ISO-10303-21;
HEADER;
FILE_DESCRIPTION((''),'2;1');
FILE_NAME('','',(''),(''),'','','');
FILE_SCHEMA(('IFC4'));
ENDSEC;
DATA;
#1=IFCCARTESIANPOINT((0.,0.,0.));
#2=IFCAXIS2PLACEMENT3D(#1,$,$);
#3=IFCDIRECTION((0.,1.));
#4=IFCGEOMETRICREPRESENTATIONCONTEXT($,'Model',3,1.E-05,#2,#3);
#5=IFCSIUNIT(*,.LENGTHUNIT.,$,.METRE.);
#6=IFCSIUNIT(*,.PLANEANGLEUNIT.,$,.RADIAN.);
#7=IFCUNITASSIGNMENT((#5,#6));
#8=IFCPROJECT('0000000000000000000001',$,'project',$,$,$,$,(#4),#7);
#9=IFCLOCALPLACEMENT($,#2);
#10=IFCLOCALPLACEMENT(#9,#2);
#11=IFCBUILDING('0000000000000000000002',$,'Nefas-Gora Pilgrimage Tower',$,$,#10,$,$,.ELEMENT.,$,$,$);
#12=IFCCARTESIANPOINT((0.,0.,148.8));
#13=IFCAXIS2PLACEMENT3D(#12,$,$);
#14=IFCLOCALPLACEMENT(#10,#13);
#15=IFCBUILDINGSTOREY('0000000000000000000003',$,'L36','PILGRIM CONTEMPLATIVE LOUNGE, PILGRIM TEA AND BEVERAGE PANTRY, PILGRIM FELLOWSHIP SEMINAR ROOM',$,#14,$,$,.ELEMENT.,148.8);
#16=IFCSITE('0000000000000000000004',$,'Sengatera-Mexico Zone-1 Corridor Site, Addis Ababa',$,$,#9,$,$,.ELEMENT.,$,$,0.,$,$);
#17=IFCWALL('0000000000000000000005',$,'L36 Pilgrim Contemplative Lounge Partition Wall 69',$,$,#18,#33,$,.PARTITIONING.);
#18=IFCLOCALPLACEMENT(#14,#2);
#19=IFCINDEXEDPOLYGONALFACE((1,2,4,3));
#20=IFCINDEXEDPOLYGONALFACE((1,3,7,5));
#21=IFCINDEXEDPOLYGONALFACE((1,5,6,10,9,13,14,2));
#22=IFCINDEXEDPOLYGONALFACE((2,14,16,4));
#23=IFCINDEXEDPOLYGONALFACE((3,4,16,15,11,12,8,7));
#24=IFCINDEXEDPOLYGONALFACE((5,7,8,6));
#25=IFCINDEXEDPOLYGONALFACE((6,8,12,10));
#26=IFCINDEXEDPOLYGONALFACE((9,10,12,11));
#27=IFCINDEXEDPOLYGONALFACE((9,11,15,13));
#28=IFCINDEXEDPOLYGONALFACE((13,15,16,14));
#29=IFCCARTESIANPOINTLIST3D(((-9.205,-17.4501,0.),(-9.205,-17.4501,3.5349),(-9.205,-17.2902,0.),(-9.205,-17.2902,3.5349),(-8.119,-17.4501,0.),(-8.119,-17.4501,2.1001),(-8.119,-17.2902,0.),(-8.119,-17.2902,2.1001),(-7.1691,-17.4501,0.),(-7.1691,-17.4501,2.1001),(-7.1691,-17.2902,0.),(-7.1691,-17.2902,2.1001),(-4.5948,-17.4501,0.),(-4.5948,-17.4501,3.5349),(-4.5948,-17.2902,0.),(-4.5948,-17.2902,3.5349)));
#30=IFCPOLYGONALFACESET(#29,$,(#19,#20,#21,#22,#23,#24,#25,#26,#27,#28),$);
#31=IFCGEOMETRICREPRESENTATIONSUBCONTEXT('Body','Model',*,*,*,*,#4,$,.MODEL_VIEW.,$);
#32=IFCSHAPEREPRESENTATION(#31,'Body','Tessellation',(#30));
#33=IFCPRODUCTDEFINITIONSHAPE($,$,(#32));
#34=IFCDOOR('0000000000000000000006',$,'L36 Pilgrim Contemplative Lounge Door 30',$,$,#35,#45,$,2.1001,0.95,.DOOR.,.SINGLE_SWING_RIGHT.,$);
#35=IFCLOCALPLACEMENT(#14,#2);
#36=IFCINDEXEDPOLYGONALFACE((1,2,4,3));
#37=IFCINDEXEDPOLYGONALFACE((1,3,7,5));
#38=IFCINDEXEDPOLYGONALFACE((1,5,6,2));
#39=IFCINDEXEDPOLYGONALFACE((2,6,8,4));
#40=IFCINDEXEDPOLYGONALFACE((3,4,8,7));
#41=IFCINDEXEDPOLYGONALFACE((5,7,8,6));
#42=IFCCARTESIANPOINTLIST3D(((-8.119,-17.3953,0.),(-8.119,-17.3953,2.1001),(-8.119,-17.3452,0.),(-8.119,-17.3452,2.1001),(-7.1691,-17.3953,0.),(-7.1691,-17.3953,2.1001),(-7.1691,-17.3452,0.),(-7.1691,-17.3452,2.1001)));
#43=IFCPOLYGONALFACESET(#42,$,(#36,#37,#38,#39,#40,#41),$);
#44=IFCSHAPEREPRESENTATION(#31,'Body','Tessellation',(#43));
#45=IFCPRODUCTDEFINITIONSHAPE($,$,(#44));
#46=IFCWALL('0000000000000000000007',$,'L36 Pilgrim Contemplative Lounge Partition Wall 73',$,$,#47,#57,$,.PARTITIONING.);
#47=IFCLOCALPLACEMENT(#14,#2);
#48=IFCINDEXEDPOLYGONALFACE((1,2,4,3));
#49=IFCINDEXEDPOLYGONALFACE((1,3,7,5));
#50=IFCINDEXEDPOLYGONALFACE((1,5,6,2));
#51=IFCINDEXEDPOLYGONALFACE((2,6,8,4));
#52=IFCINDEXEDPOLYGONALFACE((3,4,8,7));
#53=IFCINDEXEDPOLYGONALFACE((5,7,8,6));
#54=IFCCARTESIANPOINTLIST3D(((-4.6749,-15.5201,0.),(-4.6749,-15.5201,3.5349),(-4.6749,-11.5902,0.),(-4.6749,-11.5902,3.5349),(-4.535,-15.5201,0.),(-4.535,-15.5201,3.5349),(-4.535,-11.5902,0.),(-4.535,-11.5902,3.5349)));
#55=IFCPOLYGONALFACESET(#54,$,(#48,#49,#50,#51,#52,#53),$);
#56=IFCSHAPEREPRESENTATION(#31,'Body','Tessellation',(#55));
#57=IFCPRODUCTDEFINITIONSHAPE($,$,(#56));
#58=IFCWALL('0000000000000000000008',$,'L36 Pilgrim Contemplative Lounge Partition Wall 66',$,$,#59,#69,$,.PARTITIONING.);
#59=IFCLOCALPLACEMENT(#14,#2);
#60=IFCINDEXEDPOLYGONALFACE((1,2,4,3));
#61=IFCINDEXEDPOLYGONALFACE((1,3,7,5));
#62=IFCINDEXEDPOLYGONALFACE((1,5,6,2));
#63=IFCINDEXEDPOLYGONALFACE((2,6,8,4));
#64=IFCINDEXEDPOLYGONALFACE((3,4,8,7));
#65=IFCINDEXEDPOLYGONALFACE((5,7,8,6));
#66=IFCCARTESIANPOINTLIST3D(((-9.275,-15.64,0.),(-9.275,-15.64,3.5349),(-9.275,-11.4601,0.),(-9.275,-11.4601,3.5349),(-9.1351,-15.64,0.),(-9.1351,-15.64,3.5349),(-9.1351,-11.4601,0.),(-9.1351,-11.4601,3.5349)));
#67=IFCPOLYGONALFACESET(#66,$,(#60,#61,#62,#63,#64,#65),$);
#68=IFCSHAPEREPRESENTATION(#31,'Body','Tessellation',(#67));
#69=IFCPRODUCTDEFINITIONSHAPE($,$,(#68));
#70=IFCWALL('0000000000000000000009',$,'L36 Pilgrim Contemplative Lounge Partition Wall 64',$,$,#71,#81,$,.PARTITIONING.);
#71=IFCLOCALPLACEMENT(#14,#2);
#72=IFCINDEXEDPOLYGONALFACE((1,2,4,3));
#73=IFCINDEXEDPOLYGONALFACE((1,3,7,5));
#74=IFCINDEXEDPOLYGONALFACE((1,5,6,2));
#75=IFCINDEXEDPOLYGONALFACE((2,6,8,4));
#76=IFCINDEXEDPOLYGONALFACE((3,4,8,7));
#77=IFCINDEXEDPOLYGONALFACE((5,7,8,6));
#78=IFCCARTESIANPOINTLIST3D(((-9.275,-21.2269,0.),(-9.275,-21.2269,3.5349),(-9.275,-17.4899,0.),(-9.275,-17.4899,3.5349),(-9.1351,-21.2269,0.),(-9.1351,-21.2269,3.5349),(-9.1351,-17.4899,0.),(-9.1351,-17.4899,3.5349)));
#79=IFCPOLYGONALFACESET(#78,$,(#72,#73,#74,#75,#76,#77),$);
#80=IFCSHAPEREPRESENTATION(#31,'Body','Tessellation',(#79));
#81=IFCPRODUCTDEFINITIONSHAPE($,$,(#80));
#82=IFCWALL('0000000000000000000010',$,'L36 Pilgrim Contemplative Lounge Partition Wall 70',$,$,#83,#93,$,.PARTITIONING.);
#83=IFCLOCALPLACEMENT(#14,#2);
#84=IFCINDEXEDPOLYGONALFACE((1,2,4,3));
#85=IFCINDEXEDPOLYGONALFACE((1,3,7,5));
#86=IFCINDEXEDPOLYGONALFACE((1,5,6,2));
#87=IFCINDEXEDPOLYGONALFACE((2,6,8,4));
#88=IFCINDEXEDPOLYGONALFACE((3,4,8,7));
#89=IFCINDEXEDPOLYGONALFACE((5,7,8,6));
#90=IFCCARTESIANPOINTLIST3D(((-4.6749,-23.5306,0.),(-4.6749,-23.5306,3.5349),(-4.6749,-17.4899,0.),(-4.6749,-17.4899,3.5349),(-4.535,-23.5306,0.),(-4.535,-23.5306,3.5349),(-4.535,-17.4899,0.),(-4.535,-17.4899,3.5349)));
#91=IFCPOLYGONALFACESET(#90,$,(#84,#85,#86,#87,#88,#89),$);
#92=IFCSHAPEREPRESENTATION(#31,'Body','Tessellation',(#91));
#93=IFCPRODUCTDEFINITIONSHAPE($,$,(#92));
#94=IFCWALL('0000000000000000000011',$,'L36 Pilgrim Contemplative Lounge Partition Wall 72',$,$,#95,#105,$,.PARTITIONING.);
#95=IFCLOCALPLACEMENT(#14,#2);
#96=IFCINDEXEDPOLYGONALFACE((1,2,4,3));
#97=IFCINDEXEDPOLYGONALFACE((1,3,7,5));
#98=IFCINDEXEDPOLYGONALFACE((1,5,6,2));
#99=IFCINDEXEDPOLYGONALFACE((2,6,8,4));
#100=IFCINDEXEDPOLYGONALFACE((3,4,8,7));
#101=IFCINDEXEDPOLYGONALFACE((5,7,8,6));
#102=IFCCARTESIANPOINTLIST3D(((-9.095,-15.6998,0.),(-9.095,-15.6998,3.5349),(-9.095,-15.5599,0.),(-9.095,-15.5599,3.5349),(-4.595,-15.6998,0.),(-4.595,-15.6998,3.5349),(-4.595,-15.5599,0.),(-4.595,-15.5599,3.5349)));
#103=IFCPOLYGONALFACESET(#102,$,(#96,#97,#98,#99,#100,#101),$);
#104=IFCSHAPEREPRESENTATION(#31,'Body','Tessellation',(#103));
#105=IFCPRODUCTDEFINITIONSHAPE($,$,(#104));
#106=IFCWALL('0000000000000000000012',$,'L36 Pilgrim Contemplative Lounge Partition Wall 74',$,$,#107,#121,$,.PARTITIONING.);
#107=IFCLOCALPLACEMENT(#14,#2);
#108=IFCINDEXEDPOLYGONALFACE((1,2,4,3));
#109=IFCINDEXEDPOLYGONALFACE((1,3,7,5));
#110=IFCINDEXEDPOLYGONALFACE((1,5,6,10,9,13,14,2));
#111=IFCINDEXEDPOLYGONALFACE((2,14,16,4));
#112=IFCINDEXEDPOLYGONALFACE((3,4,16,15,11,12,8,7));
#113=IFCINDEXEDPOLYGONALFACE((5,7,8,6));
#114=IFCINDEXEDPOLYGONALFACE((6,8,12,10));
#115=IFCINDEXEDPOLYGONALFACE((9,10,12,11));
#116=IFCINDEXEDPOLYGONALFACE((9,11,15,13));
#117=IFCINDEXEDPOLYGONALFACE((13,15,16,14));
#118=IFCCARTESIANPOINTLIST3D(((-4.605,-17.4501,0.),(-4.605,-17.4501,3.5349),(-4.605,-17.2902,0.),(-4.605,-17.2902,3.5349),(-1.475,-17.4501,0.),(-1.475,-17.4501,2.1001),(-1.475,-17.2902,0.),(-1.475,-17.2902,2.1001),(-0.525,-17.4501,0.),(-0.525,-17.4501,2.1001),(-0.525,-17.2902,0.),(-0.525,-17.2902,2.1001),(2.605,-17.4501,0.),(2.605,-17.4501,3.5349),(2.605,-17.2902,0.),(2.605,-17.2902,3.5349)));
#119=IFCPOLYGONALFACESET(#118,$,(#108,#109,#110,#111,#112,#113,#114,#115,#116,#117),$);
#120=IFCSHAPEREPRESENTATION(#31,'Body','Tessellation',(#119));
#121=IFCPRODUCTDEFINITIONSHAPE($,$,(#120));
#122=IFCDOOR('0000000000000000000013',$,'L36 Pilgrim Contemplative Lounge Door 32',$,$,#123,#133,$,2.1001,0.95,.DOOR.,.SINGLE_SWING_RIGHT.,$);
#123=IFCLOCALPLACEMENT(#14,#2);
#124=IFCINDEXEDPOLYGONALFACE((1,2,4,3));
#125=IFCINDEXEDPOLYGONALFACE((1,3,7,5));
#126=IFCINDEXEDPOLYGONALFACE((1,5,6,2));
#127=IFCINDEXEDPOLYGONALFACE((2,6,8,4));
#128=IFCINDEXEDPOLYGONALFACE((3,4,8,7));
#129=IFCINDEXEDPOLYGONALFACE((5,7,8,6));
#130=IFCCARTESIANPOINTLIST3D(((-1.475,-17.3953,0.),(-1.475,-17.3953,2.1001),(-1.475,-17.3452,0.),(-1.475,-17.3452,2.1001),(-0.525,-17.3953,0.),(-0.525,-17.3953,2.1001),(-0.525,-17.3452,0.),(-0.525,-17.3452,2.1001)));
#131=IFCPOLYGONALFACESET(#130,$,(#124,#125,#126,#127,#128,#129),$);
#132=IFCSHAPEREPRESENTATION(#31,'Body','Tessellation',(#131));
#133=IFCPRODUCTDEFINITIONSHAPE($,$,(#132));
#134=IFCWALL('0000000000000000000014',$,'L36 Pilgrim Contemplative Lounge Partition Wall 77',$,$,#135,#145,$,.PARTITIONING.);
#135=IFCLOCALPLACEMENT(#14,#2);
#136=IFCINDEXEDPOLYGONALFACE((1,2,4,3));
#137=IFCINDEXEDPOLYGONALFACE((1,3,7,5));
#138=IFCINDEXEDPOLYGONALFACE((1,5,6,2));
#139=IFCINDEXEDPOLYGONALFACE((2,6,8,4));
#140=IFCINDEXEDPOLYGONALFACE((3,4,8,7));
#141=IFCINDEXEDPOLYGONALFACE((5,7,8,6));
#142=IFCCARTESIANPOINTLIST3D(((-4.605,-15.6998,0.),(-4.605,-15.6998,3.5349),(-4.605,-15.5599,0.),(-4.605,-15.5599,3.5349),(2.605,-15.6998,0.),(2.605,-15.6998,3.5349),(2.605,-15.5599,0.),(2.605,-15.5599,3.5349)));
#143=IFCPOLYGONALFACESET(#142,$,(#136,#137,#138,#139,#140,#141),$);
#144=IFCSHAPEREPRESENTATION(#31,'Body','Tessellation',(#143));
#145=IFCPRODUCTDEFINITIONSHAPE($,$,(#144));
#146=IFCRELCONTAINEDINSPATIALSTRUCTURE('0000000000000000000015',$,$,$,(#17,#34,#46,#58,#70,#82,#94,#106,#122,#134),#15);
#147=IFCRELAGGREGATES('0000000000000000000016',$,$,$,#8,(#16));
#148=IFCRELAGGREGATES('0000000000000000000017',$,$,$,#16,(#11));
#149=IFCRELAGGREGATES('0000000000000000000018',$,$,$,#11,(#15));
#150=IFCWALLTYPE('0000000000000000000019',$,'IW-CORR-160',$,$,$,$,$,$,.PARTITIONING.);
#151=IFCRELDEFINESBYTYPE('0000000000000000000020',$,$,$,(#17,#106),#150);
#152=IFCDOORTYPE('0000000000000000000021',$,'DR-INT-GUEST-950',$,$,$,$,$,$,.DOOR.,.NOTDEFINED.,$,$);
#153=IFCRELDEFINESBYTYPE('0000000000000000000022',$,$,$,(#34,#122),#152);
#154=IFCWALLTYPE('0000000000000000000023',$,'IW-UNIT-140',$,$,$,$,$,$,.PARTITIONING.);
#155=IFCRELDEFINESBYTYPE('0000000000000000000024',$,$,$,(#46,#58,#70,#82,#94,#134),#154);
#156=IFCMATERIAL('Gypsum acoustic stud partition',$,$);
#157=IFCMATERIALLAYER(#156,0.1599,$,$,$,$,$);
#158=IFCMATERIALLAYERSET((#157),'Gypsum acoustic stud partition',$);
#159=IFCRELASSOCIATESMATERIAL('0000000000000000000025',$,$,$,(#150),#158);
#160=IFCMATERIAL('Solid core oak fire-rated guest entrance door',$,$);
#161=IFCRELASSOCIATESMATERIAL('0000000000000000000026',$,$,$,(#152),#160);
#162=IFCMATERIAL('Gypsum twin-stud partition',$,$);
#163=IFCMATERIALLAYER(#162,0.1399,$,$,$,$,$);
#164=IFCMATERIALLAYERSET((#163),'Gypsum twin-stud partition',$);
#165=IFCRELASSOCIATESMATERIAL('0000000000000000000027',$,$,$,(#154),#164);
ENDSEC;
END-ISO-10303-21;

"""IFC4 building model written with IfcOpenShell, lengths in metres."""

from ifc_helpers import new_model, si_unit, direction, frame, frame_2d, origin, place, context, subcontext, project, spatial, rectangle, extrude, source, transform, mapped, material, layer, layer_set, type_object, element, fill, save


model = new_model("IFC4")

# Units and contexts
model_context = context("Model", 3, precision=1e-05, world=origin(), true_north=direction((0.0, 1.0)))
body_context = subcontext(model_context, "Body", "Model", "MODEL_VIEW")
ifc_project = project(units=[si_unit("LENGTHUNIT", "METRE"), si_unit("PLANEANGLEUNIT", "RADIAN")], contexts=[model_context])

# Site, building, storey
site_placement = place(None, origin())
site = spatial("IfcSite", under=ifc_project, at=site_placement, Name="Sengatera-Mexico Zone-1 Corridor Site, Addis Ababa", CompositionType="ELEMENT", RefElevation=0.0)
building_placement = place(site_placement, origin())
building = spatial("IfcBuilding", under=site, at=building_placement, Name="Nefas-Gora Pilgrimage Tower", CompositionType="ELEMENT")
storey_placement = place(building_placement, frame((0.0, 0.0, 148.8)))
storey = spatial("IfcBuildingStorey", under=building, at=storey_placement, Name="L36", Description="PILGRIM CONTEMPLATIVE LOUNGE, PILGRIM TEA AND BEVERAGE PANTRY, PILGRIM FELLOWSHIP SEMINAR ROOM", CompositionType="ELEMENT", Elevation=148.8)

# Wall, opening, door
ifc_material_1 = material(Name="Gypsum acoustic stud partition")
ifc_layer_1 = layer(ifc_material_1, 0.1599)
ifc_layer_set_1 = layer_set([ifc_layer_1], Name="Gypsum acoustic stud partition")
wall_type_1 = type_object("IfcWallType", Name="IW-CORR-160", PredefinedType="PARTITIONING", material=ifc_layer_set_1)
shared_shape_1 = source(origin(), body_context, "Body", "SweptSolid", [
    extrude(rectangle(XDim=4.6101, YDim=0.1599, at=frame_2d((2.3052, 0.0))), origin(), (0.0, 0.0, 1.0), 3.5349),
])
wall_1_placement = place(storey_placement, frame((-9.2051, -17.3701, 0.0), z_axis=(0.0, 0.0, 1.0), x_axis=(1.0, 0.0, 0.0)))
wall_1 = element("IfcWall", 1, at=wall_1_placement, inside=storey, type_object=wall_type_1, Name="L36 Pilgrim Contemplative Lounge Partition Wall 69", PredefinedType="PARTITIONING", context=body_context, shape_type="MappedRepresentation", body=[
    mapped(shared_shape_1, transform((0.0, 0.0, 0.0), x_axis=(1.0, 0.0, 0.0), y_axis=(0.0, 1.0, 0.0), z_axis=(0.0, 0.0, 1.0), scale=1.0)),
])
opening_1_placement = place(wall_1_placement, frame((1.0859, 0.0, 0.0)))
opening_1 = element("IfcOpeningElement", 2, at=opening_1_placement, cuts=wall_1, PredefinedType="OPENING", context=body_context, shape_type="SweptSolid", body=[
    extrude(rectangle(XDim=0.95, YDim=2.1001, at=frame_2d((0.4751, 1.05))), frame((0.0, 0.0898, 0.0), z_axis=(0.0, -1.0, 0.0), x_axis=(1.0, 0.0, 0.0)), (0.0, 0.0, 1.0), 0.1799),
])
ifc_material_2 = material(Name="Solid core oak fire-rated guest entrance door")
door_type_1 = type_object("IfcDoorType", Name="DR-INT-GUEST-950", OperationType="NOTDEFINED", PredefinedType="DOOR", material=ifc_material_2)
shared_shape_2 = source(origin(), body_context, "Body", "SweptSolid", [
    extrude(rectangle(XDim=0.95, YDim=2.1001, at=frame_2d((0.4751, 1.05))), frame((0.0, 0.0249, 0.0), z_axis=(0.0, -1.0, 0.0), x_axis=(1.0, 0.0, 0.0)), (0.0, 0.0, 1.0), 0.05),
])
door_1_placement = place(opening_1_placement, origin())
door_1 = element("IfcDoor", 3, at=door_1_placement, inside=storey, type_object=door_type_1, Name="L36 Pilgrim Contemplative Lounge Door 30", OperationType="SINGLE_SWING_RIGHT", OverallHeight=2.1001, OverallWidth=0.95, PredefinedType="DOOR", context=body_context, shape_type="MappedRepresentation", body=[
    mapped(shared_shape_2, transform((0.0, 0.0, 0.0), x_axis=(1.0, 0.0, 0.0), y_axis=(0.0, 1.0, 0.0), z_axis=(0.0, 0.0, 1.0), scale=1.0)),
])
fill(opening_1, door_1)

# Walls
ifc_material_3 = material(Name="Gypsum twin-stud partition")
ifc_layer_2 = layer(ifc_material_3, 0.1399)
ifc_layer_set_2 = layer_set([ifc_layer_2], Name="Gypsum twin-stud partition")
wall_type_2 = type_object("IfcWallType", Name="IW-UNIT-140", PredefinedType="PARTITIONING", material=ifc_layer_set_2)
shared_shape_3 = source(origin(), body_context, "Body", "SweptSolid", [
    extrude(rectangle(XDim=3.9299, YDim=0.1399, at=frame_2d((1.9648, 0.0))), origin(), (0.0, 0.0, 1.0), 3.5349),
])
wall_2_placement = place(storey_placement, frame((-4.605, -15.52, 0.0), z_axis=(0.0, 0.0, 1.0), x_axis=(0.0, 1.0, 0.0)))
element("IfcWall", 4, at=wall_2_placement, inside=storey, type_object=wall_type_2, Name="L36 Pilgrim Contemplative Lounge Partition Wall 73", PredefinedType="PARTITIONING", context=body_context, shape_type="MappedRepresentation", body=[
    mapped(shared_shape_3, transform((0.0, 0.0, 0.0), x_axis=(1.0, 0.0, 0.0), y_axis=(0.0, 1.0, 0.0), z_axis=(0.0, 0.0, 1.0), scale=1.0)),
])
shared_shape_4 = source(origin(), body_context, "Body", "SweptSolid", [
    extrude(rectangle(XDim=4.1799, YDim=0.1399, at=frame_2d((2.0898, 0.0))), origin(), (0.0, 0.0, 1.0), 3.5349),
])
wall_3_placement = place(storey_placement, frame((-9.2051, -15.6399, 0.0), z_axis=(0.0, 0.0, 1.0), x_axis=(0.0, 1.0, 0.0)))
element("IfcWall", 5, at=wall_3_placement, inside=storey, type_object=wall_type_2, Name="L36 Pilgrim Contemplative Lounge Partition Wall 66", PredefinedType="PARTITIONING", context=body_context, shape_type="MappedRepresentation", body=[
    mapped(shared_shape_4, transform((0.0, 0.0, 0.0), x_axis=(1.0, 0.0, 0.0), y_axis=(0.0, 1.0, 0.0), z_axis=(0.0, 0.0, 1.0), scale=1.0)),
])
shared_shape_5 = source(origin(), body_context, "Body", "SweptSolid", [
    extrude(rectangle(XDim=3.7371, YDim=0.1399, at=frame_2d((1.8687, 0.0))), origin(), (0.0, 0.0, 1.0), 3.5349),
])
wall_4_placement = place(storey_placement, frame((-9.2051, -21.2271, 0.0), z_axis=(0.0, 0.0, 1.0), x_axis=(0.0, 1.0, 0.0)))
element("IfcWall", 6, at=wall_4_placement, inside=storey, type_object=wall_type_2, Name="L36 Pilgrim Contemplative Lounge Partition Wall 64", PredefinedType="PARTITIONING", context=body_context, shape_type="MappedRepresentation", body=[
    mapped(shared_shape_5, transform((0.0, 0.0, 0.0), x_axis=(1.0, 0.0, 0.0), y_axis=(0.0, 1.0, 0.0), z_axis=(0.0, 0.0, 1.0), scale=1.0)),
])
shared_shape_6 = source(origin(), body_context, "Body", "SweptSolid", [
    extrude(rectangle(XDim=6.0408, YDim=0.1399, at=frame_2d((3.0205, 0.0))), origin(), (0.0, 0.0, 1.0), 3.5349),
])
wall_5_placement = place(storey_placement, frame((-4.605, -23.5308, 0.0), z_axis=(0.0, 0.0, 1.0), x_axis=(0.0, 1.0, 0.0)))
element("IfcWall", 7, at=wall_5_placement, inside=storey, type_object=wall_type_2, Name="L36 Pilgrim Contemplative Lounge Partition Wall 70", PredefinedType="PARTITIONING", context=body_context, shape_type="MappedRepresentation", body=[
    mapped(shared_shape_6, transform((0.0, 0.0, 0.0), x_axis=(1.0, 0.0, 0.0), y_axis=(0.0, 1.0, 0.0), z_axis=(0.0, 0.0, 1.0), scale=1.0)),
])
shared_shape_7 = source(origin(), body_context, "Body", "SweptSolid", [
    extrude(rectangle(XDim=4.5, YDim=0.1399, at=frame_2d((2.25, 0.0))), origin(), (0.0, 0.0, 1.0), 3.5349),
])
wall_6_placement = place(storey_placement, frame((-9.095, -15.6299, 0.0), z_axis=(0.0, 0.0, 1.0), x_axis=(1.0, 0.0, 0.0)))
element("IfcWall", 8, at=wall_6_placement, inside=storey, type_object=wall_type_2, Name="L36 Pilgrim Contemplative Lounge Partition Wall 72", PredefinedType="PARTITIONING", context=body_context, shape_type="MappedRepresentation", body=[
    mapped(shared_shape_7, transform((0.0, 0.0, 0.0), x_axis=(1.0, 0.0, 0.0), y_axis=(0.0, 1.0, 0.0), z_axis=(0.0, 0.0, 1.0), scale=1.0)),
])

# Wall, opening, door
shared_shape_8 = source(origin(), body_context, "Body", "SweptSolid", [
    extrude(rectangle(XDim=7.21, YDim=0.1599, at=frame_2d((3.605, 0.0))), origin(), (0.0, 0.0, 1.0), 3.5349),
])
wall_7_placement = place(storey_placement, frame((-4.605, -17.3701, 0.0), z_axis=(0.0, 0.0, 1.0), x_axis=(1.0, 0.0, 0.0)))
wall_7 = element("IfcWall", 9, at=wall_7_placement, inside=storey, type_object=wall_type_1, Name="L36 Pilgrim Contemplative Lounge Partition Wall 74", PredefinedType="PARTITIONING", context=body_context, shape_type="MappedRepresentation", body=[
    mapped(shared_shape_8, transform((0.0, 0.0, 0.0), x_axis=(1.0, 0.0, 0.0), y_axis=(0.0, 1.0, 0.0), z_axis=(0.0, 0.0, 1.0), scale=1.0)),
])
opening_2_placement = place(wall_7_placement, frame((3.1299, 0.0, 0.0)))
opening_2 = element("IfcOpeningElement", 10, at=opening_2_placement, cuts=wall_7, PredefinedType="OPENING", context=body_context, shape_type="SweptSolid", body=[
    extrude(rectangle(XDim=0.95, YDim=2.1001, at=frame_2d((0.4751, 1.05))), frame((0.0, 0.0898, 0.0), z_axis=(0.0, -1.0, 0.0), x_axis=(1.0, 0.0, 0.0)), (0.0, 0.0, 1.0), 0.1799),
])
door_2_placement = place(opening_2_placement, origin())
door_2 = element("IfcDoor", 11, at=door_2_placement, inside=storey, type_object=door_type_1, Name="L36 Pilgrim Contemplative Lounge Door 32", OperationType="SINGLE_SWING_RIGHT", OverallHeight=2.1001, OverallWidth=0.95, PredefinedType="DOOR", context=body_context, shape_type="MappedRepresentation", body=[
    mapped(shared_shape_2, transform((0.0, 0.0, 0.0), x_axis=(1.0, 0.0, 0.0), y_axis=(0.0, 1.0, 0.0), z_axis=(0.0, 0.0, 1.0), scale=1.0)),
])
fill(opening_2, door_2)

# Wall
shared_shape_9 = source(origin(), body_context, "Body", "SweptSolid", [
    extrude(rectangle(XDim=7.21, YDim=0.1399, at=frame_2d((3.605, 0.0))), origin(), (0.0, 0.0, 1.0), 3.5349),
])
wall_8_placement = place(storey_placement, frame((-4.605, -15.6299, 0.0), z_axis=(0.0, 0.0, 1.0), x_axis=(1.0, 0.0, 0.0)))
element("IfcWall", 12, at=wall_8_placement, inside=storey, type_object=wall_type_2, Name="L36 Pilgrim Contemplative Lounge Partition Wall 77", PredefinedType="PARTITIONING", context=body_context, shape_type="MappedRepresentation", body=[
    mapped(shared_shape_9, transform((0.0, 0.0, 0.0), x_axis=(1.0, 0.0, 0.0), y_axis=(0.0, 1.0, 0.0), z_axis=(0.0, 0.0, 1.0), scale=1.0)),
])

save(model, "model.ifc")
